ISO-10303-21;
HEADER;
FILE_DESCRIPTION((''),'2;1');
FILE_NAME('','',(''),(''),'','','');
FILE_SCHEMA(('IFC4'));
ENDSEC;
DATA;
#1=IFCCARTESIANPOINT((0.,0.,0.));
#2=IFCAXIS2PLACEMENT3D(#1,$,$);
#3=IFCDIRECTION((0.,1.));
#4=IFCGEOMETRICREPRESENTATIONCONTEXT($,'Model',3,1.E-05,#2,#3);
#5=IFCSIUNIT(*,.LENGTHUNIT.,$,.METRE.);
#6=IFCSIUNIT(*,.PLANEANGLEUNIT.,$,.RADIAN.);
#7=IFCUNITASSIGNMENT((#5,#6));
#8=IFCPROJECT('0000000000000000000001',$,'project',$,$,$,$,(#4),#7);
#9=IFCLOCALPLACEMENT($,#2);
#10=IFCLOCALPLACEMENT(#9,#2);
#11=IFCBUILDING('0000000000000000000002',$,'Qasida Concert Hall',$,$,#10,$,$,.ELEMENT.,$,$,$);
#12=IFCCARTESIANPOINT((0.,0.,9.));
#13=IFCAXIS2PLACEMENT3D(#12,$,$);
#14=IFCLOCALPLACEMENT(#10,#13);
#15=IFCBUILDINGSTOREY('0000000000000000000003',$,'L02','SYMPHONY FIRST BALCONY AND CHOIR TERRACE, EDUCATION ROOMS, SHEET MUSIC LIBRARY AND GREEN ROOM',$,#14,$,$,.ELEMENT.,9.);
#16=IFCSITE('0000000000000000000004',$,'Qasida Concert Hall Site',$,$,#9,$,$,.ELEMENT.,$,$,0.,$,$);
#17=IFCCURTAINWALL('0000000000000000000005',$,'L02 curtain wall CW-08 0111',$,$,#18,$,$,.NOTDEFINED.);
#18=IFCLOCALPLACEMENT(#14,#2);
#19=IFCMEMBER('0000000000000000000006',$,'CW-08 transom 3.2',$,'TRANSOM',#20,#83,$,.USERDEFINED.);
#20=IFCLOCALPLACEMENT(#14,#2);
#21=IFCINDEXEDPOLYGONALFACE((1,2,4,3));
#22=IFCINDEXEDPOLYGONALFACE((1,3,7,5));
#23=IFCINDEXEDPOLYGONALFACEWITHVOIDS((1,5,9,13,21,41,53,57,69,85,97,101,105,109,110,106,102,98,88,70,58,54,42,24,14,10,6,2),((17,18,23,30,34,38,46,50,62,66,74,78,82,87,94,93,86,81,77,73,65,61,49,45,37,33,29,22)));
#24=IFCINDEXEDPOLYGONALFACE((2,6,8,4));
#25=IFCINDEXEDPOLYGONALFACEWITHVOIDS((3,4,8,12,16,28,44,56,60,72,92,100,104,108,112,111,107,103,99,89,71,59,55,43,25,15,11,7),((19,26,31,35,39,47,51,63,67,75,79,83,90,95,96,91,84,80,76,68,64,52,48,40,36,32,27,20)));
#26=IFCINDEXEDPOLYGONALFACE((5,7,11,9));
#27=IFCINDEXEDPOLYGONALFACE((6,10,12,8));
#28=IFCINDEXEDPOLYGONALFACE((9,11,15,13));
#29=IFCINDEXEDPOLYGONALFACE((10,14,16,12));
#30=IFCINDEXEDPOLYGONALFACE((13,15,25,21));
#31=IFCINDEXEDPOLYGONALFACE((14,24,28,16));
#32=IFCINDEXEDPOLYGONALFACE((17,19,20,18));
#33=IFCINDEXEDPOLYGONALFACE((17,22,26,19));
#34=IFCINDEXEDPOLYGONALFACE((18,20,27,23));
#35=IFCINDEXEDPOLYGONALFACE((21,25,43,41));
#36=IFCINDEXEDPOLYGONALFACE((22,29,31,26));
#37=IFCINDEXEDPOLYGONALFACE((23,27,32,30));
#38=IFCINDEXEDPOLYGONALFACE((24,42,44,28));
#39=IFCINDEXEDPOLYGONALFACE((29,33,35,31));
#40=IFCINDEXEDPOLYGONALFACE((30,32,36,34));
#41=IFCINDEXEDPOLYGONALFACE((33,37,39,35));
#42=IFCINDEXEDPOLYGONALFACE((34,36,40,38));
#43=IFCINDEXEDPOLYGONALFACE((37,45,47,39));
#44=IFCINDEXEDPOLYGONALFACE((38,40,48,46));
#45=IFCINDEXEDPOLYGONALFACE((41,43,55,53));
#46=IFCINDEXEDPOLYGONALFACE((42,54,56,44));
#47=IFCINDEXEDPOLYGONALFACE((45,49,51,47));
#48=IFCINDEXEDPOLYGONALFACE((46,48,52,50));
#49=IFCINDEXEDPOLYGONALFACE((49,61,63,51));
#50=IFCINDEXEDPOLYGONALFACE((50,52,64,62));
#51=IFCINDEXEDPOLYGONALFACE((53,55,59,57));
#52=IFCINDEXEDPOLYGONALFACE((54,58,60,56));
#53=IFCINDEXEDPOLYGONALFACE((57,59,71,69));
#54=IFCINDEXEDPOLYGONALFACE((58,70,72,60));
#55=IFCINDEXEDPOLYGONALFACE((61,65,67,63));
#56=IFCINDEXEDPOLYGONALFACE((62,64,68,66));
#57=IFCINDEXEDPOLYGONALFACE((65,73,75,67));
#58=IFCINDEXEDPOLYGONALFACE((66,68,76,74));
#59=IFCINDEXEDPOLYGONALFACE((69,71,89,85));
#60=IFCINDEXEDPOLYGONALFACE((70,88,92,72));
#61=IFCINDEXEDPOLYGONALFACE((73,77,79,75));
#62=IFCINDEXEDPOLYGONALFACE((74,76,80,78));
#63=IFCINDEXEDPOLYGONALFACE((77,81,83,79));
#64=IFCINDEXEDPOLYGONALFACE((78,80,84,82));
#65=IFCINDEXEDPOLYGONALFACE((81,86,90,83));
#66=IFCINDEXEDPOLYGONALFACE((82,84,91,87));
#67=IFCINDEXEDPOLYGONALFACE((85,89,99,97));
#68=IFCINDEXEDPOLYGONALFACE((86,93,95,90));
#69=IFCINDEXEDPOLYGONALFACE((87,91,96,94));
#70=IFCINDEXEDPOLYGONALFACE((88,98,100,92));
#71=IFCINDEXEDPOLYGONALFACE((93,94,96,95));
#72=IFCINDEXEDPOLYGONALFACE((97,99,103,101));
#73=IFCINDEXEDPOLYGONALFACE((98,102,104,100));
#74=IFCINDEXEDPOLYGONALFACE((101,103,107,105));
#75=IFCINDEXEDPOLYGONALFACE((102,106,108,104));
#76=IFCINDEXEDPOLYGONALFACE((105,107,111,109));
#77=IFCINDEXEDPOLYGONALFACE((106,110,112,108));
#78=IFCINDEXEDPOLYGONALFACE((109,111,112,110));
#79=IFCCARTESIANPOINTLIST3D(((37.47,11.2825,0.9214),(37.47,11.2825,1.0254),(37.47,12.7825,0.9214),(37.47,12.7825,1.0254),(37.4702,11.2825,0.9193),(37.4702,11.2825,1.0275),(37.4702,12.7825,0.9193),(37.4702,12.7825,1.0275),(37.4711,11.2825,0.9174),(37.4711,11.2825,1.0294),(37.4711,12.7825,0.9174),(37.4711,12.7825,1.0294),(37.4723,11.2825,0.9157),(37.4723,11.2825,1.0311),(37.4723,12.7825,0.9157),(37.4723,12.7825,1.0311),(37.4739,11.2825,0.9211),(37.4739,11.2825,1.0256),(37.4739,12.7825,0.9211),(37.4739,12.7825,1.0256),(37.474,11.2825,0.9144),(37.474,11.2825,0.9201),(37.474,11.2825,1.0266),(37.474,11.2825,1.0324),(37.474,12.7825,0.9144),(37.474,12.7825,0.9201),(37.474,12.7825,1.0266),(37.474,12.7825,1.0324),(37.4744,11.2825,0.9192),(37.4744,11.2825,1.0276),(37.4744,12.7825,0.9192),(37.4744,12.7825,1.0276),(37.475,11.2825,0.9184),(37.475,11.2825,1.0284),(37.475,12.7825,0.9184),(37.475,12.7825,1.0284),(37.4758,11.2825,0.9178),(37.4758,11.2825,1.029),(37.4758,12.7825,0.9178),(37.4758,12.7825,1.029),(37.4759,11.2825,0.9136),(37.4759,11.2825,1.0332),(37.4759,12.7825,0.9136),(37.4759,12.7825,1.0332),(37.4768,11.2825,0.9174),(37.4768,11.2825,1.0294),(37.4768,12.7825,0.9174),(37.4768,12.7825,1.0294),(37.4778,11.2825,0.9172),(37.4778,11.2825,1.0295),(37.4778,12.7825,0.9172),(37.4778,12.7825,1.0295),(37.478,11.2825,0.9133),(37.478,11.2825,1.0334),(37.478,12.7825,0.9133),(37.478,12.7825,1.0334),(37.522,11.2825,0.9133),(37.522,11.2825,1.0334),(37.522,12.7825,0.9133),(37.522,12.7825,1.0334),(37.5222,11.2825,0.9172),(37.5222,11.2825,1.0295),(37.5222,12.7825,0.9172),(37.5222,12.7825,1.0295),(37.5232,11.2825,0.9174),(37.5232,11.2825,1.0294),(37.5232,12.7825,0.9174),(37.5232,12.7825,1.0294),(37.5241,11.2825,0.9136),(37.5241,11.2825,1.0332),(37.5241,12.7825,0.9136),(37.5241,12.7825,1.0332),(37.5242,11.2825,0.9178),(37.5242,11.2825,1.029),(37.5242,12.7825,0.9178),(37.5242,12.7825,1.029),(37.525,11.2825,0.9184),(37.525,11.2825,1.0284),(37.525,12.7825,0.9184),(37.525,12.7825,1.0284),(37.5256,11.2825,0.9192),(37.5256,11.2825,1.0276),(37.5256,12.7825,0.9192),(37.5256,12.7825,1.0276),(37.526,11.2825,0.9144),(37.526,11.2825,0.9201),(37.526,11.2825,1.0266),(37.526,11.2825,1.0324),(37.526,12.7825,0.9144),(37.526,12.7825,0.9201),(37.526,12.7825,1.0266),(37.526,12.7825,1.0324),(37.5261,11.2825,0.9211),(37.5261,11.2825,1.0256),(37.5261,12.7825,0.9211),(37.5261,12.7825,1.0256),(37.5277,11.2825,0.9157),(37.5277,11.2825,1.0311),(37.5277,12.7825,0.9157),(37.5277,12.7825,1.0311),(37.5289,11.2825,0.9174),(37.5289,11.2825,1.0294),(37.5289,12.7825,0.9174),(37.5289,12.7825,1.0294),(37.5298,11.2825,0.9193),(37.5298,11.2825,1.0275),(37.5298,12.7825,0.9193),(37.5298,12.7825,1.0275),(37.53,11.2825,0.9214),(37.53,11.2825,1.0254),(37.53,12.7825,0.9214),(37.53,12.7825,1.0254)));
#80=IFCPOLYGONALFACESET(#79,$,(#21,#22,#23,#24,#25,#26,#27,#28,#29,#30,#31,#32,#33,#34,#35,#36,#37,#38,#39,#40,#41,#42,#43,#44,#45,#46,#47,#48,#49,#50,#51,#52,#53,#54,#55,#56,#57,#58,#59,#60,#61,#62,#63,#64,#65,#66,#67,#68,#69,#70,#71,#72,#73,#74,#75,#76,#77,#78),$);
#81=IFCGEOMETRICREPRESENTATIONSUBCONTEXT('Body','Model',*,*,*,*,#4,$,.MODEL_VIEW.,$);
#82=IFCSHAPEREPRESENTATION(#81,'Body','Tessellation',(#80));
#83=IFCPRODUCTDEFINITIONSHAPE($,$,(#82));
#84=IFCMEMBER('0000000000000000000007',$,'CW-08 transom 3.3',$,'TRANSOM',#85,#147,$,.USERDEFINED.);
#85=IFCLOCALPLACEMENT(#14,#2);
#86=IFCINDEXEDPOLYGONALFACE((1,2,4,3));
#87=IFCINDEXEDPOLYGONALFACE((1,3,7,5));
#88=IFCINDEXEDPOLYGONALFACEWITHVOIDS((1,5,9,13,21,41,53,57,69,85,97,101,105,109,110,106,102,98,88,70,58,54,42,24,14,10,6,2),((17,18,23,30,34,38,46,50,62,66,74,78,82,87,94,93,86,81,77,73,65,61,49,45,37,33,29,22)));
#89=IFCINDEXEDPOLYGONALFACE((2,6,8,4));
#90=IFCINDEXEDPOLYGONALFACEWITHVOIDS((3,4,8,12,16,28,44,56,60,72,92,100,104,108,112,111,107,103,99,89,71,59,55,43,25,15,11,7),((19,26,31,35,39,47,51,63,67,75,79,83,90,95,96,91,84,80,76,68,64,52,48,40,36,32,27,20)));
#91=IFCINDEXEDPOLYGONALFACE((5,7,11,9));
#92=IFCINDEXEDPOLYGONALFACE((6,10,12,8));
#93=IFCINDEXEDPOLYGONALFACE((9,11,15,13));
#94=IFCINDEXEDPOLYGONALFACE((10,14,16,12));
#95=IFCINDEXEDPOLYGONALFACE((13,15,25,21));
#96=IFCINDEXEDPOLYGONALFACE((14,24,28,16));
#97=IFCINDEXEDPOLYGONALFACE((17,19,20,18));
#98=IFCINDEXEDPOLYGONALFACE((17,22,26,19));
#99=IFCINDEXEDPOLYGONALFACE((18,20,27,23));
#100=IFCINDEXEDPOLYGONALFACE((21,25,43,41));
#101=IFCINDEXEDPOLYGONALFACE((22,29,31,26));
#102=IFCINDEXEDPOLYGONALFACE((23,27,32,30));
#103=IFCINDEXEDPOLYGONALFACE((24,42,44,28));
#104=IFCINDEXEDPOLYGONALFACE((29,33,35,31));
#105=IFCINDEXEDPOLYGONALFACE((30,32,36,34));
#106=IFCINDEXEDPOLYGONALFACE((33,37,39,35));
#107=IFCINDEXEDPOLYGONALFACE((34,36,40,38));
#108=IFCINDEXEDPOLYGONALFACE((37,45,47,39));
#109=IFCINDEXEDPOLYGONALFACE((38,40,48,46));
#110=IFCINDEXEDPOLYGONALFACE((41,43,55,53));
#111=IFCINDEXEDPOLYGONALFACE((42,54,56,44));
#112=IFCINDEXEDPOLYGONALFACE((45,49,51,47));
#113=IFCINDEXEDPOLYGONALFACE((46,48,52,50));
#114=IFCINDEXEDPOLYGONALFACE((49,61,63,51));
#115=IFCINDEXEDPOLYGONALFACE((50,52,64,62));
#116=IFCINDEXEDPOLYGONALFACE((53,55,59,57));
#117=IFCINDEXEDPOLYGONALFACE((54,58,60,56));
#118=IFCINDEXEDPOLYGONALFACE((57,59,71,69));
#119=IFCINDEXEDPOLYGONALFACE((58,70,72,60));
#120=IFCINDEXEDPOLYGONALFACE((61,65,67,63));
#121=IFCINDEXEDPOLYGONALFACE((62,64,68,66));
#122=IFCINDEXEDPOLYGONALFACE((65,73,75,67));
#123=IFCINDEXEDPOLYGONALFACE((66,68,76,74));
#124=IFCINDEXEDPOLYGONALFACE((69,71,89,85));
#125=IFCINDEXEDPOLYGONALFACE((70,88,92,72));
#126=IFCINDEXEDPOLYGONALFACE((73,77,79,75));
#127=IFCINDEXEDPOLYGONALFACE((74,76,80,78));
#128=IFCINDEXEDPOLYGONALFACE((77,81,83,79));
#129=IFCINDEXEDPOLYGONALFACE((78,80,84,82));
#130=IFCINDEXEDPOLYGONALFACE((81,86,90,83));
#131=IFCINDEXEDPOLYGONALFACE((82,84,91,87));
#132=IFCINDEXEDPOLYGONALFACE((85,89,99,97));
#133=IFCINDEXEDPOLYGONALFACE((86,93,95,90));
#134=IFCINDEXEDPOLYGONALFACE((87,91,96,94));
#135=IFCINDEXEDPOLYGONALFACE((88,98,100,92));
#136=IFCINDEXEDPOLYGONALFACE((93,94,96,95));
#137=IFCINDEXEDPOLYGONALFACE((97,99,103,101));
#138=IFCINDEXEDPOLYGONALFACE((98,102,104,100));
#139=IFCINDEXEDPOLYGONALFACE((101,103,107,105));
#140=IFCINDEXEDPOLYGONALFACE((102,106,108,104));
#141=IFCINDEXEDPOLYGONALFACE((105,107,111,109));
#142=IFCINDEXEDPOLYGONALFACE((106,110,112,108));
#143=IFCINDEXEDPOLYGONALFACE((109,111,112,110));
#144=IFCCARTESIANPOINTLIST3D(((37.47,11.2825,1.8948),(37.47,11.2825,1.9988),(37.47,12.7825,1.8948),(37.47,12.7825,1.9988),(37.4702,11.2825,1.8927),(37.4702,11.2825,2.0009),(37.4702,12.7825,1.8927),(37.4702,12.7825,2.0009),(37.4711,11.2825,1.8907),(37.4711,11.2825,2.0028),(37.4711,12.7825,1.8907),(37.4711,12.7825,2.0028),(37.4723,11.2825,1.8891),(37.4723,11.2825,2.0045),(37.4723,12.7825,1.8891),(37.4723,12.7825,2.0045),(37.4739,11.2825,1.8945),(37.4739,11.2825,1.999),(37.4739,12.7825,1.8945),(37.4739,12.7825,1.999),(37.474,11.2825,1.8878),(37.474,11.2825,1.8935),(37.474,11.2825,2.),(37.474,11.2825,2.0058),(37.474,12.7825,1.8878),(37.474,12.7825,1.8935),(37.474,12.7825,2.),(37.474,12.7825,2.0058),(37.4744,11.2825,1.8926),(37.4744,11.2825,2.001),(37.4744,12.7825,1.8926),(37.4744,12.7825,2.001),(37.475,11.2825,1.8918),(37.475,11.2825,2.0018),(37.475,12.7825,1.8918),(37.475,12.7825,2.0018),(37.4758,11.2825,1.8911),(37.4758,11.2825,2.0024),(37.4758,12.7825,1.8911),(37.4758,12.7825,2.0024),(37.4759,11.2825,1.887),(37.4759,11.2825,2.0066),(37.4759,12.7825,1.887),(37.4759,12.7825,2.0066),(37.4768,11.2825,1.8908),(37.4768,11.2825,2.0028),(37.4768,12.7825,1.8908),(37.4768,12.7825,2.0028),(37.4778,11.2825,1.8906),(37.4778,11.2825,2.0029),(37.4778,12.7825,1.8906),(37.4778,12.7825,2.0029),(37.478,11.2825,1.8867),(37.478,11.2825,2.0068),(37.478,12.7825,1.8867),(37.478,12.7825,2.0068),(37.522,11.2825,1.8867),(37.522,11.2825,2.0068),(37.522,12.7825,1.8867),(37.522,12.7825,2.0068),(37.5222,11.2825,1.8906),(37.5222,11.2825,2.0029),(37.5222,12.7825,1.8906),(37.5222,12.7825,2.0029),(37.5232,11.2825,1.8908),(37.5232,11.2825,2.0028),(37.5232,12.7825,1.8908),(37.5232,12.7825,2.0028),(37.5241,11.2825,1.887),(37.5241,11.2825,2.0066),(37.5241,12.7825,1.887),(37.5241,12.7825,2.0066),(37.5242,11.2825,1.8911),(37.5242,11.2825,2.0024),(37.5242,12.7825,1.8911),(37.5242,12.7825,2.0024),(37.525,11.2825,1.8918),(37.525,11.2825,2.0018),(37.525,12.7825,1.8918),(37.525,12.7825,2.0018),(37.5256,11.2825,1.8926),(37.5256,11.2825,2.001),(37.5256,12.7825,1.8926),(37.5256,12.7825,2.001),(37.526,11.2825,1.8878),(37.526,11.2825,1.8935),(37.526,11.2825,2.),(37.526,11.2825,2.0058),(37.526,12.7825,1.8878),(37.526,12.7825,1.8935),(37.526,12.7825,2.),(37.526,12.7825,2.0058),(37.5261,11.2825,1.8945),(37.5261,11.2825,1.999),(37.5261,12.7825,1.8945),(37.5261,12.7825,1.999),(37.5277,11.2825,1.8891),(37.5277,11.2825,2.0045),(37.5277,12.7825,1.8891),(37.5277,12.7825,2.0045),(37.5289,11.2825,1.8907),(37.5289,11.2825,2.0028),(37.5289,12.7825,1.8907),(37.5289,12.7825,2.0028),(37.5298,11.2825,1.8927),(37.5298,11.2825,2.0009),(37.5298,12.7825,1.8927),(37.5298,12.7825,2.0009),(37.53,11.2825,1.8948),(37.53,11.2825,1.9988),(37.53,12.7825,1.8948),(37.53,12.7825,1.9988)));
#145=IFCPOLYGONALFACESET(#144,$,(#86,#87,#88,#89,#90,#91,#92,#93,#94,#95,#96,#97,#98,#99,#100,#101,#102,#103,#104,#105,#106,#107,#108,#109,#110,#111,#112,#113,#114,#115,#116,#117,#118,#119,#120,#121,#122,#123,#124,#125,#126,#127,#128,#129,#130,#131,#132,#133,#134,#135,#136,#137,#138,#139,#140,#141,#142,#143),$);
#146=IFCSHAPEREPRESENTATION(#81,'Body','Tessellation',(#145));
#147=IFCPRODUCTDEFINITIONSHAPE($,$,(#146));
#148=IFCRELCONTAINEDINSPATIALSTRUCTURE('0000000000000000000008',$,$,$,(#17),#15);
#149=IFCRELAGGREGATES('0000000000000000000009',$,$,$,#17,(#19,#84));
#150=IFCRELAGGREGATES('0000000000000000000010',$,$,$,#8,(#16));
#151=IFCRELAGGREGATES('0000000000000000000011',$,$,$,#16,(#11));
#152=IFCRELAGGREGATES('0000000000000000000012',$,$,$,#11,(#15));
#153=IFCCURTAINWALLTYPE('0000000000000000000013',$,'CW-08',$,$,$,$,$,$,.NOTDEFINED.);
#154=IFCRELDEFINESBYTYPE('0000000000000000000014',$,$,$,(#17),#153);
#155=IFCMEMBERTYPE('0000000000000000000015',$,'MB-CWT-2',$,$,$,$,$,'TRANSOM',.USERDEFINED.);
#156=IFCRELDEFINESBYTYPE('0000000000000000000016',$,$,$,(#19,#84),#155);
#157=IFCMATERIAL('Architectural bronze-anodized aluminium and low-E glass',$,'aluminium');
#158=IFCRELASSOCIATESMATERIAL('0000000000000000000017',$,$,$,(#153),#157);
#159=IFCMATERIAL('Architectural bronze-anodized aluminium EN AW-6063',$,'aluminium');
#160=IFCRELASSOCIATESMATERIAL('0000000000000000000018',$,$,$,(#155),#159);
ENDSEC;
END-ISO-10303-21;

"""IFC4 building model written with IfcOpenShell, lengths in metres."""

from ifc_helpers import new_model, si_unit, direction, frame, origin, origin_2d, place, context, subcontext, project, spatial, hollow_rectangle, extrude, material, material_profile, profile_set, type_object, element, aggregate, save


model = new_model("IFC4")

# Units and contexts
model_context = context("Model", 3, precision=1e-05, world=origin(), true_north=direction((0.0, 1.0)))
body_context = subcontext(model_context, "Body", "Model", "MODEL_VIEW")
ifc_project = project(units=[si_unit("LENGTHUNIT", "METRE"), si_unit("PLANEANGLEUNIT", "RADIAN")], contexts=[model_context])

# Site, building, storey
site_placement = place(None, origin())
site = spatial("IfcSite", under=ifc_project, at=site_placement, Name="Qasida Concert Hall Site", CompositionType="ELEMENT", RefElevation=0.0)
building_placement = place(site_placement, origin())
building = spatial("IfcBuilding", under=site, at=building_placement, Name="Qasida Concert Hall", CompositionType="ELEMENT")
storey_placement = place(building_placement, frame((0.0, 0.0, 9.0)))
storey = spatial("IfcBuildingStorey", under=building, at=storey_placement, Name="L02", Description="SYMPHONY FIRST BALCONY AND CHOIR TERRACE, EDUCATION ROOMS, SHEET MUSIC LIBRARY AND GREEN ROOM", CompositionType="ELEMENT", Elevation=9.0)

# Curtain wall, members
ifc_material_1 = material(Name="Architectural bronze-anodized aluminium and low-E glass", Category="aluminium")
curtain_wall_type = type_object("IfcCurtainWallType", Name="CW-08", PredefinedType="NOTDEFINED", material=ifc_material_1)
curtain_wall_placement = place(storey_placement, origin())
curtain_wall = element("IfcCurtainWall", 1, at=curtain_wall_placement, inside=storey, type_object=curtain_wall_type, Name="L02 curtain wall CW-08 0111", PredefinedType="NOTDEFINED")
ifc_material_2 = material(Name="Architectural bronze-anodized aluminium EN AW-6063", Category="aluminium")
ifc_material_profile_1 = material_profile(ifc_material_2, hollow_rectangle(XDim=0.0601, YDim=0.1201, WallThickness=0.0039, InnerFilletRadius=0.0039, OuterFilletRadius=0.0081, at=origin_2d()), Name="CWT 120x60x4")
ifc_profile_set_1 = profile_set([ifc_material_profile_1], Name="Architectural bronze-anodized aluminium EN AW-6063")
member_type_1 = type_object("IfcMemberType", Name="MB-CWT-2", ElementType="TRANSOM", PredefinedType="USERDEFINED", material=ifc_profile_set_1)
member_1_placement = place(storey_placement, frame((37.5, 11.2825, 0.9734), z_axis=(0.0, 1.0, 0.0), x_axis=(-1.0, 0.0, 0.0)))
member_1 = element("IfcMember", 2, at=member_1_placement, type_object=member_type_1, Name="CW-08 transom 3.2", ObjectType="TRANSOM", PredefinedType="USERDEFINED", context=body_context, shape_type="SweptSolid", body=[
    extrude(hollow_rectangle(XDim=0.0601, YDim=0.1201, WallThickness=0.0039, InnerFilletRadius=0.0039, OuterFilletRadius=0.0081, at=origin_2d()), origin(), (0.0, 0.0, 1.0), 1.5),
])
member_2_placement = place(storey_placement, frame((37.5, 11.2825, 1.9468), z_axis=(0.0, 1.0, 0.0), x_axis=(-1.0, 0.0, 0.0)))
member_2 = element("IfcMember", 3, at=member_2_placement, type_object=member_type_1, Name="CW-08 transom 3.3", ObjectType="TRANSOM", PredefinedType="USERDEFINED", context=body_context, shape_type="SweptSolid", body=[
    extrude(hollow_rectangle(XDim=0.0601, YDim=0.1201, WallThickness=0.0039, InnerFilletRadius=0.0039, OuterFilletRadius=0.0081, at=origin_2d()), origin(), (0.0, 0.0, 1.0), 1.5),
])
aggregate(curtain_wall, [member_1, member_2])

save(model, "model.ifc")
